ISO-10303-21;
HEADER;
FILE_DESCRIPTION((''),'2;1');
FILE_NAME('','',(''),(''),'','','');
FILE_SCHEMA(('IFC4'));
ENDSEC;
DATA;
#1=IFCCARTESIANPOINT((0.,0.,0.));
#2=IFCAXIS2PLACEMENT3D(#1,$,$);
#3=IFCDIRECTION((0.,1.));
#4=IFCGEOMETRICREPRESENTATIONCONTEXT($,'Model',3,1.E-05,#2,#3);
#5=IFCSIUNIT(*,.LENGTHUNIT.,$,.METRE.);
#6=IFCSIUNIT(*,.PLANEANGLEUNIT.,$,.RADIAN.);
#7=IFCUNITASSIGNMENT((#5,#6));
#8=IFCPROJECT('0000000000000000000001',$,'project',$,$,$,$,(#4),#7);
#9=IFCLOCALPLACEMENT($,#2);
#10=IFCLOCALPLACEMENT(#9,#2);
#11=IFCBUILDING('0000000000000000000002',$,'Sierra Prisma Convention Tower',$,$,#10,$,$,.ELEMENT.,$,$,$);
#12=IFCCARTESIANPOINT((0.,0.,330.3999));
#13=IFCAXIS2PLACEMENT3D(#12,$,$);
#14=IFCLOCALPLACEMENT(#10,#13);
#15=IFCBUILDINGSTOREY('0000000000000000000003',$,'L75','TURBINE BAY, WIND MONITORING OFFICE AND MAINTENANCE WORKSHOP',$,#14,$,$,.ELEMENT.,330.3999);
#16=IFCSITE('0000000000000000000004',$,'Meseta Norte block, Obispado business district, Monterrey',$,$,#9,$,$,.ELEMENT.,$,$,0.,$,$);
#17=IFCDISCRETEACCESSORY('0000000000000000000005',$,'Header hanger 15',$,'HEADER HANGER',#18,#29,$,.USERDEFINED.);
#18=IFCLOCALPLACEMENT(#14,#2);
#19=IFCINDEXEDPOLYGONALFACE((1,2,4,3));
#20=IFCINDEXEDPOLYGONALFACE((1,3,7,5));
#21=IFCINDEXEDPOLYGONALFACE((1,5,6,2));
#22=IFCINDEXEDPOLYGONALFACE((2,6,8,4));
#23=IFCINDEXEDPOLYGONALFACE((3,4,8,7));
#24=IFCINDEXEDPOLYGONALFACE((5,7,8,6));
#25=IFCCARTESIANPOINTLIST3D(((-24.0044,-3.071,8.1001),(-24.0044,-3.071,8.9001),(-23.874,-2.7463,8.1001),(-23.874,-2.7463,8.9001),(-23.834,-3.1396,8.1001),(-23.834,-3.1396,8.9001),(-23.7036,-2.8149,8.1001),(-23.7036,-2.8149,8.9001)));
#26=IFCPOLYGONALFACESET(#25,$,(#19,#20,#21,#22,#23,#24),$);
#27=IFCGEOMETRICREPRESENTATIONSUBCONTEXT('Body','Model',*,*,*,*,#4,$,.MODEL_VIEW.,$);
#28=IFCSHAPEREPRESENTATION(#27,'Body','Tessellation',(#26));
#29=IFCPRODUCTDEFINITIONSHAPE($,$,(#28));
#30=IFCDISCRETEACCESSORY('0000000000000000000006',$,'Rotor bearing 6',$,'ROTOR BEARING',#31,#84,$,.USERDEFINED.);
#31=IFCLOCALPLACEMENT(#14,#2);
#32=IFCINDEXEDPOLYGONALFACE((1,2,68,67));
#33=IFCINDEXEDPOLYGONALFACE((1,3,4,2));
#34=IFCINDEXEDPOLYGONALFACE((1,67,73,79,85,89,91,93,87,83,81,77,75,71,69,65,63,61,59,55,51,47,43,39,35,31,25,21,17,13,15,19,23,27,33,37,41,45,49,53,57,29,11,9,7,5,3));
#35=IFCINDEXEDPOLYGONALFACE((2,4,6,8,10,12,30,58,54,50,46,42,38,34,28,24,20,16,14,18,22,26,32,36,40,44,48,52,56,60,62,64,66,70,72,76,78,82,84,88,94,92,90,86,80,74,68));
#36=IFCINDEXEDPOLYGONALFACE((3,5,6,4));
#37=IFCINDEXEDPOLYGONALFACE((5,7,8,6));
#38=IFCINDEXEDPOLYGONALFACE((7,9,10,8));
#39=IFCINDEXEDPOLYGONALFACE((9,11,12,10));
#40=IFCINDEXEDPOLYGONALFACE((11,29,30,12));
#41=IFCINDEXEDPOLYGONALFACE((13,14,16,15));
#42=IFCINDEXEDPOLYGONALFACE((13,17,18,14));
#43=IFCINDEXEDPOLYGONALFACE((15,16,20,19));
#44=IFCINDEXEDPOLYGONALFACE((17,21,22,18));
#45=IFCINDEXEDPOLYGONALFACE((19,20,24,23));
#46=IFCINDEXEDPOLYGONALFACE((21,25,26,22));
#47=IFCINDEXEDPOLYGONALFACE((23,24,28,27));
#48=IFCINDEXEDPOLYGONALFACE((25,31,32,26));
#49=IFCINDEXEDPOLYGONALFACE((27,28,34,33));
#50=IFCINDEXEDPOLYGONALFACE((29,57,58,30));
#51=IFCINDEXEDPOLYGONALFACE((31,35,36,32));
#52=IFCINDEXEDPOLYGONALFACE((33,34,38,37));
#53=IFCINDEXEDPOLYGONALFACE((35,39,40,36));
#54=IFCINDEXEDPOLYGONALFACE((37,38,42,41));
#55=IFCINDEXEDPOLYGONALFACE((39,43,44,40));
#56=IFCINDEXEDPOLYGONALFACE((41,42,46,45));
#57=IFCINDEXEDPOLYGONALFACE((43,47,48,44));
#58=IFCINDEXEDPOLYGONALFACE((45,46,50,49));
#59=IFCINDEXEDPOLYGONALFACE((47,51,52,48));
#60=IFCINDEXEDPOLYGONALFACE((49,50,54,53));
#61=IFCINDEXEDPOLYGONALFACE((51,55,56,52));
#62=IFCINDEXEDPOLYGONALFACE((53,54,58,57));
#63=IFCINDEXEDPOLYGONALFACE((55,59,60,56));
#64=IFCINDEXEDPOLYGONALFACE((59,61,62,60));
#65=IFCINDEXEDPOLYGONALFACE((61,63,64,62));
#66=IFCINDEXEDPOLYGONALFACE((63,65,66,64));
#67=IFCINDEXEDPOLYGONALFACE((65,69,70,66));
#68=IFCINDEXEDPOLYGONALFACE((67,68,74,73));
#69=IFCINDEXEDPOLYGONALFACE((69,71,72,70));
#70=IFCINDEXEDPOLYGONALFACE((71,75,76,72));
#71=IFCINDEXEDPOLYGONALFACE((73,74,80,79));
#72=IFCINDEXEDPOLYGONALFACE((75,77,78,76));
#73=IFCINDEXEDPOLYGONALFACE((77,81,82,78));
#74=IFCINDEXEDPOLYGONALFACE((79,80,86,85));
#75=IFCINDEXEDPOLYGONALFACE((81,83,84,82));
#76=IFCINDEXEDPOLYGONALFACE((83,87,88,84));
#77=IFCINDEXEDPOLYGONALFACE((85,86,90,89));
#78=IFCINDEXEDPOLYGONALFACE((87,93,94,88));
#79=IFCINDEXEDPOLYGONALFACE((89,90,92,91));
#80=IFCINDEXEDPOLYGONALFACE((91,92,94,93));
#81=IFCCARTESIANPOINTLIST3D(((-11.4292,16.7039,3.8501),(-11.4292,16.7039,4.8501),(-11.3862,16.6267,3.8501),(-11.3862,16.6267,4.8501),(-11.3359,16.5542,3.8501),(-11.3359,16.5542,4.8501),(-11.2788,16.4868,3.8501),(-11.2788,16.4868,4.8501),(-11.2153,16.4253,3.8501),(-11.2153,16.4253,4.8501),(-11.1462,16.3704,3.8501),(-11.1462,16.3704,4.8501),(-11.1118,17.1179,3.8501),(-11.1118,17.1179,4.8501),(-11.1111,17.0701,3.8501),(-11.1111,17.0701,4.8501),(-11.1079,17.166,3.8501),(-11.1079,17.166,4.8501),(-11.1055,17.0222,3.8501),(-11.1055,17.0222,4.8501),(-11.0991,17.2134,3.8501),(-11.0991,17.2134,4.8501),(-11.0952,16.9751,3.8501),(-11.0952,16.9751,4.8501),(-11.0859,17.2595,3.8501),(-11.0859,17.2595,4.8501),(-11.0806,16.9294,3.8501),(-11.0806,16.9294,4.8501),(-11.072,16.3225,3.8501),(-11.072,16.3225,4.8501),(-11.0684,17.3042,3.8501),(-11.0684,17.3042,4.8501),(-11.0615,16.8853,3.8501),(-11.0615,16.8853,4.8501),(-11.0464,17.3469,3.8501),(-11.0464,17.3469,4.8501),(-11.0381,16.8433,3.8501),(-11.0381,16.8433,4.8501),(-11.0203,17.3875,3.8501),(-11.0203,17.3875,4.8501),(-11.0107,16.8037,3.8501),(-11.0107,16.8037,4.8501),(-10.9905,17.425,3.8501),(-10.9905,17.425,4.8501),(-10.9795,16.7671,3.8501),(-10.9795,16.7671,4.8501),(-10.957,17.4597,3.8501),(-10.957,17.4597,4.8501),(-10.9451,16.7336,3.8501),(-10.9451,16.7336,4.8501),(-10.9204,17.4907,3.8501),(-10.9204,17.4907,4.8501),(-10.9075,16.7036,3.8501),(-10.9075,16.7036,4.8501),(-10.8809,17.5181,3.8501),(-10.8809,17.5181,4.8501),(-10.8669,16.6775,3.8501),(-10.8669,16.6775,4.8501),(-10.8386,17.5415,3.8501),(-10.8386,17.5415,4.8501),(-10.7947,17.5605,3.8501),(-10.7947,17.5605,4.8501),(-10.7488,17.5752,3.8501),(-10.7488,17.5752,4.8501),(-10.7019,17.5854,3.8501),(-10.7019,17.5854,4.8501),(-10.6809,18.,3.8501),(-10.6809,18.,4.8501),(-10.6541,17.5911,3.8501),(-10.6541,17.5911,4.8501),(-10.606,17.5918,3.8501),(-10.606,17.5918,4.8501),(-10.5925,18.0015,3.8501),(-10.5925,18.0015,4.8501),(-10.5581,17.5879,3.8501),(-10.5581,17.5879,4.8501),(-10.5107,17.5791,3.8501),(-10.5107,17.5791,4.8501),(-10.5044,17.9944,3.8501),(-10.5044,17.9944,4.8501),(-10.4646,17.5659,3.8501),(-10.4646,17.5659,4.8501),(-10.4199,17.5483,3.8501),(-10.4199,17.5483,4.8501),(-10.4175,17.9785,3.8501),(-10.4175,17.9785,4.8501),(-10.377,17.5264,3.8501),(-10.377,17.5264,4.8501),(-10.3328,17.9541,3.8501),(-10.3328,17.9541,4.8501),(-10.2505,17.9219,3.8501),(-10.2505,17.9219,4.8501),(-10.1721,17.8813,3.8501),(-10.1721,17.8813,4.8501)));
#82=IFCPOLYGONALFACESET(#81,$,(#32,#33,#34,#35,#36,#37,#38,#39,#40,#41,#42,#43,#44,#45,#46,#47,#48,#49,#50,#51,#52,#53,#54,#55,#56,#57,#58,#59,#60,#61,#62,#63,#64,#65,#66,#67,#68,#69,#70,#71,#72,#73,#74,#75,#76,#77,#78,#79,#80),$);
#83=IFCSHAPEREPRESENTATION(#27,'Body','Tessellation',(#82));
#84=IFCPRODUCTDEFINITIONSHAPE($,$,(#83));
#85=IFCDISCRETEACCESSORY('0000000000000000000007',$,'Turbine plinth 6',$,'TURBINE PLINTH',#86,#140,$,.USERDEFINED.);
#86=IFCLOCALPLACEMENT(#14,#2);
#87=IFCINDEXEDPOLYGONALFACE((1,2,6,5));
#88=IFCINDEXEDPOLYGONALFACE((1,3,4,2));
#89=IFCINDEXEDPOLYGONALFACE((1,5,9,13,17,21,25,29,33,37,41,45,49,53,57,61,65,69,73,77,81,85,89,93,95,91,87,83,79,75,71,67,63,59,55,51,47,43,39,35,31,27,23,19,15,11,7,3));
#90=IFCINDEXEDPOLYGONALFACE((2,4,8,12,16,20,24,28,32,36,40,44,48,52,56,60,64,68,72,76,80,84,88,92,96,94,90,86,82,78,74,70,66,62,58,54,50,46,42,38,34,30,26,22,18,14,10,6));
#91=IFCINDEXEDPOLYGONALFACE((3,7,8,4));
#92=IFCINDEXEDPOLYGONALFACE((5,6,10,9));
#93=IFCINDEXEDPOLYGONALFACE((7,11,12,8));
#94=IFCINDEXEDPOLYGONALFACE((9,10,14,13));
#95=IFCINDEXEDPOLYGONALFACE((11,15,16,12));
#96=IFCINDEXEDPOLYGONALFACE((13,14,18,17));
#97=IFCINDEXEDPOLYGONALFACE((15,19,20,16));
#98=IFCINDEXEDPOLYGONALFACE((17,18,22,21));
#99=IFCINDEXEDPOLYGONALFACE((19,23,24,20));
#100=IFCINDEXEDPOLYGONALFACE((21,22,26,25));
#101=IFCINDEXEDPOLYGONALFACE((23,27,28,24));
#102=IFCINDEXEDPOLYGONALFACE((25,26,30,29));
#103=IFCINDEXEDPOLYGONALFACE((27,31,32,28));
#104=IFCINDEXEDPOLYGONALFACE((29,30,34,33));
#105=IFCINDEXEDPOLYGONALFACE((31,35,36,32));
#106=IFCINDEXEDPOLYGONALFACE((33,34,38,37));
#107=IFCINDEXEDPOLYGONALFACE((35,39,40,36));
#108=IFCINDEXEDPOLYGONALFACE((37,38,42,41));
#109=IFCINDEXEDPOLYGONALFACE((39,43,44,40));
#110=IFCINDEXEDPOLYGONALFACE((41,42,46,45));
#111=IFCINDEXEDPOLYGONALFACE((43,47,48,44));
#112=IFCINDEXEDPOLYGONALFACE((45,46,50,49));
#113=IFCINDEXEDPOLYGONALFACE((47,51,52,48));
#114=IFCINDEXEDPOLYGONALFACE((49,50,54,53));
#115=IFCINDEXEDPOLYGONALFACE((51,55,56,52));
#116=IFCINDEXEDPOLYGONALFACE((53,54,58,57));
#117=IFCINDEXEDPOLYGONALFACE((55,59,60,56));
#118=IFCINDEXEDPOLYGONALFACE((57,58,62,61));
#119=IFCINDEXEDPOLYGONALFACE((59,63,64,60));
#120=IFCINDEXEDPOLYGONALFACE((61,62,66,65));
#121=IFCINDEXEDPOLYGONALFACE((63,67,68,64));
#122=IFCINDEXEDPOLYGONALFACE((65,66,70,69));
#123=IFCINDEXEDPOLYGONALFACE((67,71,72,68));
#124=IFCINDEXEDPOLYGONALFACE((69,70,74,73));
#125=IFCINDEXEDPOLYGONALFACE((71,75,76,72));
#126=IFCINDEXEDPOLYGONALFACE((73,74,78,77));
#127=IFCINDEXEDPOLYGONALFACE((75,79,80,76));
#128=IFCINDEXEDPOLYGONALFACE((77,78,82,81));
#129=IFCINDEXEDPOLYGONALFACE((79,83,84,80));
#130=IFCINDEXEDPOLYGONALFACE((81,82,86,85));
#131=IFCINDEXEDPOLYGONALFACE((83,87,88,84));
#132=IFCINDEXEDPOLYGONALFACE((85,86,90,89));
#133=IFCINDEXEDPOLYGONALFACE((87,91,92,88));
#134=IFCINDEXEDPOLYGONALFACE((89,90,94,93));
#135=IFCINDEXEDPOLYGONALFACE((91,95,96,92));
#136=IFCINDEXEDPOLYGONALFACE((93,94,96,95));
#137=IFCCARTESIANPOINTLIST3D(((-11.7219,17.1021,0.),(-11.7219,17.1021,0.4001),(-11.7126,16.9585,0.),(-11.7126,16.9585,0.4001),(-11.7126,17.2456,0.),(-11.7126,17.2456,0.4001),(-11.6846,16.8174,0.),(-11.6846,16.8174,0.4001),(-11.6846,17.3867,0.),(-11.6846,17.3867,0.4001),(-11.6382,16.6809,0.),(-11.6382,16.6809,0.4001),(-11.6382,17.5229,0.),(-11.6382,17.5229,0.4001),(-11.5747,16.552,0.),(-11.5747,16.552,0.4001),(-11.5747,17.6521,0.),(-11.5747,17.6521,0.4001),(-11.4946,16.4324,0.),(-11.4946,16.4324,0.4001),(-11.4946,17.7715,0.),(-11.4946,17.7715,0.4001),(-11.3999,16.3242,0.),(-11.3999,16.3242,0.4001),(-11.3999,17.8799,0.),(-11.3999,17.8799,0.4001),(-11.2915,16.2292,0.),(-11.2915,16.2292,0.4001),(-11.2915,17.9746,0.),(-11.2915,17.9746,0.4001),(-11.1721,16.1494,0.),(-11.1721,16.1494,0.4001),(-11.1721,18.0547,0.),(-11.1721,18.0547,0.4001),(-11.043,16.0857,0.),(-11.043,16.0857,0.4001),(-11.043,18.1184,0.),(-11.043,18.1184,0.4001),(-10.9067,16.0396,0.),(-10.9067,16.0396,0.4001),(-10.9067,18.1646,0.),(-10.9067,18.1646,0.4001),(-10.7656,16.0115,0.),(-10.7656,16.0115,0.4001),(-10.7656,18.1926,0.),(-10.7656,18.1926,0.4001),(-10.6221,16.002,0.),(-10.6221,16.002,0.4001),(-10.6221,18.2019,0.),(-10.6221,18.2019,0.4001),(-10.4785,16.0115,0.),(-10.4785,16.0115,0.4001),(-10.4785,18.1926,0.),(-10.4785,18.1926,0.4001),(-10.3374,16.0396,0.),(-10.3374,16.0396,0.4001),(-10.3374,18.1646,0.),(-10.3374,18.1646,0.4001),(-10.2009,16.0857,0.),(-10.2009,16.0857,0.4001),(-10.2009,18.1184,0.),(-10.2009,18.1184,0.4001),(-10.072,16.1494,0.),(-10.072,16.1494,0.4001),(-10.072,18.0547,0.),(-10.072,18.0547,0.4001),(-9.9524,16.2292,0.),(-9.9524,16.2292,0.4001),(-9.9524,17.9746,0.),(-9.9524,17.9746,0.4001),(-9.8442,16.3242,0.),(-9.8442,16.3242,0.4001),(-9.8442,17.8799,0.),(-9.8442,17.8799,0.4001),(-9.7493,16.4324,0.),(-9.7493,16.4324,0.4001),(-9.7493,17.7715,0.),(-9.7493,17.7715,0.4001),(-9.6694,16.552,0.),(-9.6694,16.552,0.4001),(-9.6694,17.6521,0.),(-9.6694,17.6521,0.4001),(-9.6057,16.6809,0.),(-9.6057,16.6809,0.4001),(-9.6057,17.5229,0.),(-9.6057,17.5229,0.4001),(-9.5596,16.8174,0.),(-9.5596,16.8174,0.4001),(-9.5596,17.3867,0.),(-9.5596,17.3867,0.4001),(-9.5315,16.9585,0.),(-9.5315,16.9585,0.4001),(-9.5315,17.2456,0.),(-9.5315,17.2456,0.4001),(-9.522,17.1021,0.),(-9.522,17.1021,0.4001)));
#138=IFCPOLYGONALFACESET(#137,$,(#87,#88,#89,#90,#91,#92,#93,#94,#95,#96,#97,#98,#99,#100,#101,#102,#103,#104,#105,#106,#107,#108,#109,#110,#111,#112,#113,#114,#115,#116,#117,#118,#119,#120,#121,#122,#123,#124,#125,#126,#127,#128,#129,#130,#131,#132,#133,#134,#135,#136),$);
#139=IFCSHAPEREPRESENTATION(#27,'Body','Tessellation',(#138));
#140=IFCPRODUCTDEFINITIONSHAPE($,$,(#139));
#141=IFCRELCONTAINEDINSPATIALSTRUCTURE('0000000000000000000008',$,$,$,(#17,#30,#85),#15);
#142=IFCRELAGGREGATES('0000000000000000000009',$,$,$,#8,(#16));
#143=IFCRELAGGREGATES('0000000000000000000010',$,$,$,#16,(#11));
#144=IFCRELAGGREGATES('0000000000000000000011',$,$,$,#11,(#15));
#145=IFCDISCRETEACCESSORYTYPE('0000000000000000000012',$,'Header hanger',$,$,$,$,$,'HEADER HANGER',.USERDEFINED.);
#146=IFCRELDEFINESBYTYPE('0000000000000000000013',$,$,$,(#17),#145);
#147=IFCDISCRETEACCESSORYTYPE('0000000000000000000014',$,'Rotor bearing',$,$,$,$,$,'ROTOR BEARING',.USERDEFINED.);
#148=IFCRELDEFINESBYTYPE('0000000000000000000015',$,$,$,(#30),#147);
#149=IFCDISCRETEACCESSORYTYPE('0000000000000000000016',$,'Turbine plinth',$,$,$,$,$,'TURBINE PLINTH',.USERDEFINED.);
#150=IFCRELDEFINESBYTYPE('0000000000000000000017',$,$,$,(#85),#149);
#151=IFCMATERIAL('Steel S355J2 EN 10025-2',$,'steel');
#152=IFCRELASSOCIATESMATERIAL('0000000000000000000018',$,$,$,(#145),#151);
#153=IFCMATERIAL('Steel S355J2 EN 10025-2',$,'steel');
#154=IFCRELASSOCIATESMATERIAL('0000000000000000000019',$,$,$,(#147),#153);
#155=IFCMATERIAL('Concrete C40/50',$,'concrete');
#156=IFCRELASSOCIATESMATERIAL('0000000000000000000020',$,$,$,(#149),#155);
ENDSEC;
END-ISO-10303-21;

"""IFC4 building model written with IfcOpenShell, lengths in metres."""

from ifc_helpers import new_model, si_unit, direction, frame, origin, place, context, subcontext, project, spatial, polyline, outline, extrude, material, type_object, element, save


model = new_model("IFC4")

# Units and contexts
model_context = context("Model", 3, precision=1e-05, world=origin(), true_north=direction((0.0, 1.0)))
body_context = subcontext(model_context, "Body", "Model", "MODEL_VIEW")
ifc_project = project(units=[si_unit("LENGTHUNIT", "METRE"), si_unit("PLANEANGLEUNIT", "RADIAN")], contexts=[model_context])

# Site, building, storey
site_placement = place(None, origin())
site = spatial("IfcSite", under=ifc_project, at=site_placement, Name="Meseta Norte block, Obispado business district, Monterrey", CompositionType="ELEMENT", RefElevation=0.0)
building_placement = place(site_placement, origin())
building = spatial("IfcBuilding", under=site, at=building_placement, Name="Sierra Prisma Convention Tower", CompositionType="ELEMENT")
storey_placement = place(building_placement, frame((0.0, 0.0, 330.3999)))
storey = spatial("IfcBuildingStorey", under=building, at=storey_placement, Name="L75", Description="TURBINE BAY, WIND MONITORING OFFICE AND MAINTENANCE WORKSHOP", CompositionType="ELEMENT", Elevation=330.3999)

# Discrete accessories
ifc_material_1 = material(Name="Steel S355J2 EN 10025-2", Category="steel")
discrete_accessory_type_1 = type_object("IfcDiscreteAccessoryType", Name="Header hanger", ElementType="HEADER HANGER", PredefinedType="USERDEFINED", material=ifc_material_1)
discrete_accessory_1_placement = place(storey_placement, frame((0.0, 0.0, 8.1001)))
element("IfcDiscreteAccessory", 1, at=discrete_accessory_1_placement, inside=storey, type_object=discrete_accessory_type_1, Name="Header hanger 15", ObjectType="HEADER HANGER", PredefinedType="USERDEFINED", context=body_context, shape_type="SweptSolid", body=[
    extrude(outline(polyline([(-23.7036, -2.8149), (-23.874, -2.7463), (-24.0044, -3.071), (-23.834, -3.1396), (-23.7036, -2.8149)])), origin(), (0.0, 0.0, 1.0), 0.8),
])
ifc_material_2 = material(Name="Steel S355J2 EN 10025-2", Category="steel")
discrete_accessory_type_2 = type_object("IfcDiscreteAccessoryType", Name="Rotor bearing", ElementType="ROTOR BEARING", PredefinedType="USERDEFINED", material=ifc_material_2)
discrete_accessory_2_placement = place(storey_placement, frame((0.0, 0.0, 3.8501)))
element("IfcDiscreteAccessory", 2, at=discrete_accessory_2_placement, inside=storey, type_object=discrete_accessory_type_2, Name="Rotor bearing 6", ObjectType="ROTOR BEARING", PredefinedType="USERDEFINED", context=body_context, shape_type="SweptSolid", body=[
    extrude(outline(polyline([(-10.5925, 18.0015), (-10.5044, 17.9944), (-10.4175, 17.9785), (-10.3328, 17.9541), (-10.2505, 17.9219), (-10.1721, 17.8813), (-10.377, 17.5264), (-10.4199, 17.5483), (-10.4646, 17.5659), (-10.5107, 17.5791), (-10.5581, 17.5879), (-10.606, 17.5918), (-10.6541, 17.5911), (-10.7019, 17.5854), (-10.7488, 17.5752), (-10.7947, 17.5605), (-10.8386, 17.5415), (-10.8809, 17.5181), (-10.9204, 17.4907), (-10.957, 17.4597), (-10.9905, 17.425), (-11.0203, 17.3875), (-11.0464, 17.3469), (-11.0684, 17.3042), (-11.0859, 17.2595), (-11.0991, 17.2134), (-11.1079, 17.166), (-11.1118, 17.1179), (-11.1111, 17.0701), (-11.1055, 17.0222), (-11.0952, 16.9751), (-11.0806, 16.9294), (-11.0615, 16.8853), (-11.0381, 16.8433), (-11.0107, 16.8037), (-10.9795, 16.7671), (-10.9451, 16.7336), (-10.9075, 16.7036), (-10.8669, 16.6775), (-11.072, 16.3225), (-11.1462, 16.3704), (-11.2153, 16.4253), (-11.2788, 16.4868), (-11.3359, 16.5542), (-11.3862, 16.6267), (-11.4292, 16.7039), (-10.6809, 18.0), (-10.5925, 18.0015)])), origin(), (0.0, 0.0, 1.0), 1.0),
])
ifc_material_3 = material(Name="Concrete C40/50", Category="concrete")
discrete_accessory_type_3 = type_object("IfcDiscreteAccessoryType", Name="Turbine plinth", ElementType="TURBINE PLINTH", PredefinedType="USERDEFINED", material=ifc_material_3)
discrete_accessory_3_placement = place(storey_placement, origin())
element("IfcDiscreteAccessory", 3, at=discrete_accessory_3_placement, inside=storey, type_object=discrete_accessory_type_3, Name="Turbine plinth 6", ObjectType="TURBINE PLINTH", PredefinedType="USERDEFINED", context=body_context, shape_type="SweptSolid", body=[
    extrude(outline(polyline([(-9.522, 17.1021), (-9.5315, 17.2456), (-9.5596, 17.3867), (-9.6057, 17.5229), (-9.6694, 17.6521), (-9.7493, 17.7715), (-9.8442, 17.8799), (-9.9524, 17.9746), (-10.072, 18.0547), (-10.2009, 18.1184), (-10.3374, 18.1646), (-10.4785, 18.1926), (-10.6221, 18.2019), (-10.7656, 18.1926), (-10.9067, 18.1646), (-11.043, 18.1184), (-11.1721, 18.0547), (-11.2915, 17.9746), (-11.3999, 17.8799), (-11.4946, 17.7715), (-11.5747, 17.6521), (-11.6382, 17.5229), (-11.6846, 17.3867), (-11.7126, 17.2456), (-11.7219, 17.1021), (-11.7126, 16.9585), (-11.6846, 16.8174), (-11.6382, 16.6809), (-11.5747, 16.552), (-11.4946, 16.4324), (-11.3999, 16.3242), (-11.2915, 16.2292), (-11.1721, 16.1494), (-11.043, 16.0857), (-10.9067, 16.0396), (-10.7656, 16.0115), (-10.6221, 16.002), (-10.4785, 16.0115), (-10.3374, 16.0396), (-10.2009, 16.0857), (-10.072, 16.1494), (-9.9524, 16.2292), (-9.8442, 16.3242), (-9.7493, 16.4324), (-9.6694, 16.552), (-9.6057, 16.6809), (-9.5596, 16.8174), (-9.5315, 16.9585), (-9.522, 17.1021)])), origin(), (0.0, 0.0, 1.0), 0.4001),
])

save(model, "model.ifc")
